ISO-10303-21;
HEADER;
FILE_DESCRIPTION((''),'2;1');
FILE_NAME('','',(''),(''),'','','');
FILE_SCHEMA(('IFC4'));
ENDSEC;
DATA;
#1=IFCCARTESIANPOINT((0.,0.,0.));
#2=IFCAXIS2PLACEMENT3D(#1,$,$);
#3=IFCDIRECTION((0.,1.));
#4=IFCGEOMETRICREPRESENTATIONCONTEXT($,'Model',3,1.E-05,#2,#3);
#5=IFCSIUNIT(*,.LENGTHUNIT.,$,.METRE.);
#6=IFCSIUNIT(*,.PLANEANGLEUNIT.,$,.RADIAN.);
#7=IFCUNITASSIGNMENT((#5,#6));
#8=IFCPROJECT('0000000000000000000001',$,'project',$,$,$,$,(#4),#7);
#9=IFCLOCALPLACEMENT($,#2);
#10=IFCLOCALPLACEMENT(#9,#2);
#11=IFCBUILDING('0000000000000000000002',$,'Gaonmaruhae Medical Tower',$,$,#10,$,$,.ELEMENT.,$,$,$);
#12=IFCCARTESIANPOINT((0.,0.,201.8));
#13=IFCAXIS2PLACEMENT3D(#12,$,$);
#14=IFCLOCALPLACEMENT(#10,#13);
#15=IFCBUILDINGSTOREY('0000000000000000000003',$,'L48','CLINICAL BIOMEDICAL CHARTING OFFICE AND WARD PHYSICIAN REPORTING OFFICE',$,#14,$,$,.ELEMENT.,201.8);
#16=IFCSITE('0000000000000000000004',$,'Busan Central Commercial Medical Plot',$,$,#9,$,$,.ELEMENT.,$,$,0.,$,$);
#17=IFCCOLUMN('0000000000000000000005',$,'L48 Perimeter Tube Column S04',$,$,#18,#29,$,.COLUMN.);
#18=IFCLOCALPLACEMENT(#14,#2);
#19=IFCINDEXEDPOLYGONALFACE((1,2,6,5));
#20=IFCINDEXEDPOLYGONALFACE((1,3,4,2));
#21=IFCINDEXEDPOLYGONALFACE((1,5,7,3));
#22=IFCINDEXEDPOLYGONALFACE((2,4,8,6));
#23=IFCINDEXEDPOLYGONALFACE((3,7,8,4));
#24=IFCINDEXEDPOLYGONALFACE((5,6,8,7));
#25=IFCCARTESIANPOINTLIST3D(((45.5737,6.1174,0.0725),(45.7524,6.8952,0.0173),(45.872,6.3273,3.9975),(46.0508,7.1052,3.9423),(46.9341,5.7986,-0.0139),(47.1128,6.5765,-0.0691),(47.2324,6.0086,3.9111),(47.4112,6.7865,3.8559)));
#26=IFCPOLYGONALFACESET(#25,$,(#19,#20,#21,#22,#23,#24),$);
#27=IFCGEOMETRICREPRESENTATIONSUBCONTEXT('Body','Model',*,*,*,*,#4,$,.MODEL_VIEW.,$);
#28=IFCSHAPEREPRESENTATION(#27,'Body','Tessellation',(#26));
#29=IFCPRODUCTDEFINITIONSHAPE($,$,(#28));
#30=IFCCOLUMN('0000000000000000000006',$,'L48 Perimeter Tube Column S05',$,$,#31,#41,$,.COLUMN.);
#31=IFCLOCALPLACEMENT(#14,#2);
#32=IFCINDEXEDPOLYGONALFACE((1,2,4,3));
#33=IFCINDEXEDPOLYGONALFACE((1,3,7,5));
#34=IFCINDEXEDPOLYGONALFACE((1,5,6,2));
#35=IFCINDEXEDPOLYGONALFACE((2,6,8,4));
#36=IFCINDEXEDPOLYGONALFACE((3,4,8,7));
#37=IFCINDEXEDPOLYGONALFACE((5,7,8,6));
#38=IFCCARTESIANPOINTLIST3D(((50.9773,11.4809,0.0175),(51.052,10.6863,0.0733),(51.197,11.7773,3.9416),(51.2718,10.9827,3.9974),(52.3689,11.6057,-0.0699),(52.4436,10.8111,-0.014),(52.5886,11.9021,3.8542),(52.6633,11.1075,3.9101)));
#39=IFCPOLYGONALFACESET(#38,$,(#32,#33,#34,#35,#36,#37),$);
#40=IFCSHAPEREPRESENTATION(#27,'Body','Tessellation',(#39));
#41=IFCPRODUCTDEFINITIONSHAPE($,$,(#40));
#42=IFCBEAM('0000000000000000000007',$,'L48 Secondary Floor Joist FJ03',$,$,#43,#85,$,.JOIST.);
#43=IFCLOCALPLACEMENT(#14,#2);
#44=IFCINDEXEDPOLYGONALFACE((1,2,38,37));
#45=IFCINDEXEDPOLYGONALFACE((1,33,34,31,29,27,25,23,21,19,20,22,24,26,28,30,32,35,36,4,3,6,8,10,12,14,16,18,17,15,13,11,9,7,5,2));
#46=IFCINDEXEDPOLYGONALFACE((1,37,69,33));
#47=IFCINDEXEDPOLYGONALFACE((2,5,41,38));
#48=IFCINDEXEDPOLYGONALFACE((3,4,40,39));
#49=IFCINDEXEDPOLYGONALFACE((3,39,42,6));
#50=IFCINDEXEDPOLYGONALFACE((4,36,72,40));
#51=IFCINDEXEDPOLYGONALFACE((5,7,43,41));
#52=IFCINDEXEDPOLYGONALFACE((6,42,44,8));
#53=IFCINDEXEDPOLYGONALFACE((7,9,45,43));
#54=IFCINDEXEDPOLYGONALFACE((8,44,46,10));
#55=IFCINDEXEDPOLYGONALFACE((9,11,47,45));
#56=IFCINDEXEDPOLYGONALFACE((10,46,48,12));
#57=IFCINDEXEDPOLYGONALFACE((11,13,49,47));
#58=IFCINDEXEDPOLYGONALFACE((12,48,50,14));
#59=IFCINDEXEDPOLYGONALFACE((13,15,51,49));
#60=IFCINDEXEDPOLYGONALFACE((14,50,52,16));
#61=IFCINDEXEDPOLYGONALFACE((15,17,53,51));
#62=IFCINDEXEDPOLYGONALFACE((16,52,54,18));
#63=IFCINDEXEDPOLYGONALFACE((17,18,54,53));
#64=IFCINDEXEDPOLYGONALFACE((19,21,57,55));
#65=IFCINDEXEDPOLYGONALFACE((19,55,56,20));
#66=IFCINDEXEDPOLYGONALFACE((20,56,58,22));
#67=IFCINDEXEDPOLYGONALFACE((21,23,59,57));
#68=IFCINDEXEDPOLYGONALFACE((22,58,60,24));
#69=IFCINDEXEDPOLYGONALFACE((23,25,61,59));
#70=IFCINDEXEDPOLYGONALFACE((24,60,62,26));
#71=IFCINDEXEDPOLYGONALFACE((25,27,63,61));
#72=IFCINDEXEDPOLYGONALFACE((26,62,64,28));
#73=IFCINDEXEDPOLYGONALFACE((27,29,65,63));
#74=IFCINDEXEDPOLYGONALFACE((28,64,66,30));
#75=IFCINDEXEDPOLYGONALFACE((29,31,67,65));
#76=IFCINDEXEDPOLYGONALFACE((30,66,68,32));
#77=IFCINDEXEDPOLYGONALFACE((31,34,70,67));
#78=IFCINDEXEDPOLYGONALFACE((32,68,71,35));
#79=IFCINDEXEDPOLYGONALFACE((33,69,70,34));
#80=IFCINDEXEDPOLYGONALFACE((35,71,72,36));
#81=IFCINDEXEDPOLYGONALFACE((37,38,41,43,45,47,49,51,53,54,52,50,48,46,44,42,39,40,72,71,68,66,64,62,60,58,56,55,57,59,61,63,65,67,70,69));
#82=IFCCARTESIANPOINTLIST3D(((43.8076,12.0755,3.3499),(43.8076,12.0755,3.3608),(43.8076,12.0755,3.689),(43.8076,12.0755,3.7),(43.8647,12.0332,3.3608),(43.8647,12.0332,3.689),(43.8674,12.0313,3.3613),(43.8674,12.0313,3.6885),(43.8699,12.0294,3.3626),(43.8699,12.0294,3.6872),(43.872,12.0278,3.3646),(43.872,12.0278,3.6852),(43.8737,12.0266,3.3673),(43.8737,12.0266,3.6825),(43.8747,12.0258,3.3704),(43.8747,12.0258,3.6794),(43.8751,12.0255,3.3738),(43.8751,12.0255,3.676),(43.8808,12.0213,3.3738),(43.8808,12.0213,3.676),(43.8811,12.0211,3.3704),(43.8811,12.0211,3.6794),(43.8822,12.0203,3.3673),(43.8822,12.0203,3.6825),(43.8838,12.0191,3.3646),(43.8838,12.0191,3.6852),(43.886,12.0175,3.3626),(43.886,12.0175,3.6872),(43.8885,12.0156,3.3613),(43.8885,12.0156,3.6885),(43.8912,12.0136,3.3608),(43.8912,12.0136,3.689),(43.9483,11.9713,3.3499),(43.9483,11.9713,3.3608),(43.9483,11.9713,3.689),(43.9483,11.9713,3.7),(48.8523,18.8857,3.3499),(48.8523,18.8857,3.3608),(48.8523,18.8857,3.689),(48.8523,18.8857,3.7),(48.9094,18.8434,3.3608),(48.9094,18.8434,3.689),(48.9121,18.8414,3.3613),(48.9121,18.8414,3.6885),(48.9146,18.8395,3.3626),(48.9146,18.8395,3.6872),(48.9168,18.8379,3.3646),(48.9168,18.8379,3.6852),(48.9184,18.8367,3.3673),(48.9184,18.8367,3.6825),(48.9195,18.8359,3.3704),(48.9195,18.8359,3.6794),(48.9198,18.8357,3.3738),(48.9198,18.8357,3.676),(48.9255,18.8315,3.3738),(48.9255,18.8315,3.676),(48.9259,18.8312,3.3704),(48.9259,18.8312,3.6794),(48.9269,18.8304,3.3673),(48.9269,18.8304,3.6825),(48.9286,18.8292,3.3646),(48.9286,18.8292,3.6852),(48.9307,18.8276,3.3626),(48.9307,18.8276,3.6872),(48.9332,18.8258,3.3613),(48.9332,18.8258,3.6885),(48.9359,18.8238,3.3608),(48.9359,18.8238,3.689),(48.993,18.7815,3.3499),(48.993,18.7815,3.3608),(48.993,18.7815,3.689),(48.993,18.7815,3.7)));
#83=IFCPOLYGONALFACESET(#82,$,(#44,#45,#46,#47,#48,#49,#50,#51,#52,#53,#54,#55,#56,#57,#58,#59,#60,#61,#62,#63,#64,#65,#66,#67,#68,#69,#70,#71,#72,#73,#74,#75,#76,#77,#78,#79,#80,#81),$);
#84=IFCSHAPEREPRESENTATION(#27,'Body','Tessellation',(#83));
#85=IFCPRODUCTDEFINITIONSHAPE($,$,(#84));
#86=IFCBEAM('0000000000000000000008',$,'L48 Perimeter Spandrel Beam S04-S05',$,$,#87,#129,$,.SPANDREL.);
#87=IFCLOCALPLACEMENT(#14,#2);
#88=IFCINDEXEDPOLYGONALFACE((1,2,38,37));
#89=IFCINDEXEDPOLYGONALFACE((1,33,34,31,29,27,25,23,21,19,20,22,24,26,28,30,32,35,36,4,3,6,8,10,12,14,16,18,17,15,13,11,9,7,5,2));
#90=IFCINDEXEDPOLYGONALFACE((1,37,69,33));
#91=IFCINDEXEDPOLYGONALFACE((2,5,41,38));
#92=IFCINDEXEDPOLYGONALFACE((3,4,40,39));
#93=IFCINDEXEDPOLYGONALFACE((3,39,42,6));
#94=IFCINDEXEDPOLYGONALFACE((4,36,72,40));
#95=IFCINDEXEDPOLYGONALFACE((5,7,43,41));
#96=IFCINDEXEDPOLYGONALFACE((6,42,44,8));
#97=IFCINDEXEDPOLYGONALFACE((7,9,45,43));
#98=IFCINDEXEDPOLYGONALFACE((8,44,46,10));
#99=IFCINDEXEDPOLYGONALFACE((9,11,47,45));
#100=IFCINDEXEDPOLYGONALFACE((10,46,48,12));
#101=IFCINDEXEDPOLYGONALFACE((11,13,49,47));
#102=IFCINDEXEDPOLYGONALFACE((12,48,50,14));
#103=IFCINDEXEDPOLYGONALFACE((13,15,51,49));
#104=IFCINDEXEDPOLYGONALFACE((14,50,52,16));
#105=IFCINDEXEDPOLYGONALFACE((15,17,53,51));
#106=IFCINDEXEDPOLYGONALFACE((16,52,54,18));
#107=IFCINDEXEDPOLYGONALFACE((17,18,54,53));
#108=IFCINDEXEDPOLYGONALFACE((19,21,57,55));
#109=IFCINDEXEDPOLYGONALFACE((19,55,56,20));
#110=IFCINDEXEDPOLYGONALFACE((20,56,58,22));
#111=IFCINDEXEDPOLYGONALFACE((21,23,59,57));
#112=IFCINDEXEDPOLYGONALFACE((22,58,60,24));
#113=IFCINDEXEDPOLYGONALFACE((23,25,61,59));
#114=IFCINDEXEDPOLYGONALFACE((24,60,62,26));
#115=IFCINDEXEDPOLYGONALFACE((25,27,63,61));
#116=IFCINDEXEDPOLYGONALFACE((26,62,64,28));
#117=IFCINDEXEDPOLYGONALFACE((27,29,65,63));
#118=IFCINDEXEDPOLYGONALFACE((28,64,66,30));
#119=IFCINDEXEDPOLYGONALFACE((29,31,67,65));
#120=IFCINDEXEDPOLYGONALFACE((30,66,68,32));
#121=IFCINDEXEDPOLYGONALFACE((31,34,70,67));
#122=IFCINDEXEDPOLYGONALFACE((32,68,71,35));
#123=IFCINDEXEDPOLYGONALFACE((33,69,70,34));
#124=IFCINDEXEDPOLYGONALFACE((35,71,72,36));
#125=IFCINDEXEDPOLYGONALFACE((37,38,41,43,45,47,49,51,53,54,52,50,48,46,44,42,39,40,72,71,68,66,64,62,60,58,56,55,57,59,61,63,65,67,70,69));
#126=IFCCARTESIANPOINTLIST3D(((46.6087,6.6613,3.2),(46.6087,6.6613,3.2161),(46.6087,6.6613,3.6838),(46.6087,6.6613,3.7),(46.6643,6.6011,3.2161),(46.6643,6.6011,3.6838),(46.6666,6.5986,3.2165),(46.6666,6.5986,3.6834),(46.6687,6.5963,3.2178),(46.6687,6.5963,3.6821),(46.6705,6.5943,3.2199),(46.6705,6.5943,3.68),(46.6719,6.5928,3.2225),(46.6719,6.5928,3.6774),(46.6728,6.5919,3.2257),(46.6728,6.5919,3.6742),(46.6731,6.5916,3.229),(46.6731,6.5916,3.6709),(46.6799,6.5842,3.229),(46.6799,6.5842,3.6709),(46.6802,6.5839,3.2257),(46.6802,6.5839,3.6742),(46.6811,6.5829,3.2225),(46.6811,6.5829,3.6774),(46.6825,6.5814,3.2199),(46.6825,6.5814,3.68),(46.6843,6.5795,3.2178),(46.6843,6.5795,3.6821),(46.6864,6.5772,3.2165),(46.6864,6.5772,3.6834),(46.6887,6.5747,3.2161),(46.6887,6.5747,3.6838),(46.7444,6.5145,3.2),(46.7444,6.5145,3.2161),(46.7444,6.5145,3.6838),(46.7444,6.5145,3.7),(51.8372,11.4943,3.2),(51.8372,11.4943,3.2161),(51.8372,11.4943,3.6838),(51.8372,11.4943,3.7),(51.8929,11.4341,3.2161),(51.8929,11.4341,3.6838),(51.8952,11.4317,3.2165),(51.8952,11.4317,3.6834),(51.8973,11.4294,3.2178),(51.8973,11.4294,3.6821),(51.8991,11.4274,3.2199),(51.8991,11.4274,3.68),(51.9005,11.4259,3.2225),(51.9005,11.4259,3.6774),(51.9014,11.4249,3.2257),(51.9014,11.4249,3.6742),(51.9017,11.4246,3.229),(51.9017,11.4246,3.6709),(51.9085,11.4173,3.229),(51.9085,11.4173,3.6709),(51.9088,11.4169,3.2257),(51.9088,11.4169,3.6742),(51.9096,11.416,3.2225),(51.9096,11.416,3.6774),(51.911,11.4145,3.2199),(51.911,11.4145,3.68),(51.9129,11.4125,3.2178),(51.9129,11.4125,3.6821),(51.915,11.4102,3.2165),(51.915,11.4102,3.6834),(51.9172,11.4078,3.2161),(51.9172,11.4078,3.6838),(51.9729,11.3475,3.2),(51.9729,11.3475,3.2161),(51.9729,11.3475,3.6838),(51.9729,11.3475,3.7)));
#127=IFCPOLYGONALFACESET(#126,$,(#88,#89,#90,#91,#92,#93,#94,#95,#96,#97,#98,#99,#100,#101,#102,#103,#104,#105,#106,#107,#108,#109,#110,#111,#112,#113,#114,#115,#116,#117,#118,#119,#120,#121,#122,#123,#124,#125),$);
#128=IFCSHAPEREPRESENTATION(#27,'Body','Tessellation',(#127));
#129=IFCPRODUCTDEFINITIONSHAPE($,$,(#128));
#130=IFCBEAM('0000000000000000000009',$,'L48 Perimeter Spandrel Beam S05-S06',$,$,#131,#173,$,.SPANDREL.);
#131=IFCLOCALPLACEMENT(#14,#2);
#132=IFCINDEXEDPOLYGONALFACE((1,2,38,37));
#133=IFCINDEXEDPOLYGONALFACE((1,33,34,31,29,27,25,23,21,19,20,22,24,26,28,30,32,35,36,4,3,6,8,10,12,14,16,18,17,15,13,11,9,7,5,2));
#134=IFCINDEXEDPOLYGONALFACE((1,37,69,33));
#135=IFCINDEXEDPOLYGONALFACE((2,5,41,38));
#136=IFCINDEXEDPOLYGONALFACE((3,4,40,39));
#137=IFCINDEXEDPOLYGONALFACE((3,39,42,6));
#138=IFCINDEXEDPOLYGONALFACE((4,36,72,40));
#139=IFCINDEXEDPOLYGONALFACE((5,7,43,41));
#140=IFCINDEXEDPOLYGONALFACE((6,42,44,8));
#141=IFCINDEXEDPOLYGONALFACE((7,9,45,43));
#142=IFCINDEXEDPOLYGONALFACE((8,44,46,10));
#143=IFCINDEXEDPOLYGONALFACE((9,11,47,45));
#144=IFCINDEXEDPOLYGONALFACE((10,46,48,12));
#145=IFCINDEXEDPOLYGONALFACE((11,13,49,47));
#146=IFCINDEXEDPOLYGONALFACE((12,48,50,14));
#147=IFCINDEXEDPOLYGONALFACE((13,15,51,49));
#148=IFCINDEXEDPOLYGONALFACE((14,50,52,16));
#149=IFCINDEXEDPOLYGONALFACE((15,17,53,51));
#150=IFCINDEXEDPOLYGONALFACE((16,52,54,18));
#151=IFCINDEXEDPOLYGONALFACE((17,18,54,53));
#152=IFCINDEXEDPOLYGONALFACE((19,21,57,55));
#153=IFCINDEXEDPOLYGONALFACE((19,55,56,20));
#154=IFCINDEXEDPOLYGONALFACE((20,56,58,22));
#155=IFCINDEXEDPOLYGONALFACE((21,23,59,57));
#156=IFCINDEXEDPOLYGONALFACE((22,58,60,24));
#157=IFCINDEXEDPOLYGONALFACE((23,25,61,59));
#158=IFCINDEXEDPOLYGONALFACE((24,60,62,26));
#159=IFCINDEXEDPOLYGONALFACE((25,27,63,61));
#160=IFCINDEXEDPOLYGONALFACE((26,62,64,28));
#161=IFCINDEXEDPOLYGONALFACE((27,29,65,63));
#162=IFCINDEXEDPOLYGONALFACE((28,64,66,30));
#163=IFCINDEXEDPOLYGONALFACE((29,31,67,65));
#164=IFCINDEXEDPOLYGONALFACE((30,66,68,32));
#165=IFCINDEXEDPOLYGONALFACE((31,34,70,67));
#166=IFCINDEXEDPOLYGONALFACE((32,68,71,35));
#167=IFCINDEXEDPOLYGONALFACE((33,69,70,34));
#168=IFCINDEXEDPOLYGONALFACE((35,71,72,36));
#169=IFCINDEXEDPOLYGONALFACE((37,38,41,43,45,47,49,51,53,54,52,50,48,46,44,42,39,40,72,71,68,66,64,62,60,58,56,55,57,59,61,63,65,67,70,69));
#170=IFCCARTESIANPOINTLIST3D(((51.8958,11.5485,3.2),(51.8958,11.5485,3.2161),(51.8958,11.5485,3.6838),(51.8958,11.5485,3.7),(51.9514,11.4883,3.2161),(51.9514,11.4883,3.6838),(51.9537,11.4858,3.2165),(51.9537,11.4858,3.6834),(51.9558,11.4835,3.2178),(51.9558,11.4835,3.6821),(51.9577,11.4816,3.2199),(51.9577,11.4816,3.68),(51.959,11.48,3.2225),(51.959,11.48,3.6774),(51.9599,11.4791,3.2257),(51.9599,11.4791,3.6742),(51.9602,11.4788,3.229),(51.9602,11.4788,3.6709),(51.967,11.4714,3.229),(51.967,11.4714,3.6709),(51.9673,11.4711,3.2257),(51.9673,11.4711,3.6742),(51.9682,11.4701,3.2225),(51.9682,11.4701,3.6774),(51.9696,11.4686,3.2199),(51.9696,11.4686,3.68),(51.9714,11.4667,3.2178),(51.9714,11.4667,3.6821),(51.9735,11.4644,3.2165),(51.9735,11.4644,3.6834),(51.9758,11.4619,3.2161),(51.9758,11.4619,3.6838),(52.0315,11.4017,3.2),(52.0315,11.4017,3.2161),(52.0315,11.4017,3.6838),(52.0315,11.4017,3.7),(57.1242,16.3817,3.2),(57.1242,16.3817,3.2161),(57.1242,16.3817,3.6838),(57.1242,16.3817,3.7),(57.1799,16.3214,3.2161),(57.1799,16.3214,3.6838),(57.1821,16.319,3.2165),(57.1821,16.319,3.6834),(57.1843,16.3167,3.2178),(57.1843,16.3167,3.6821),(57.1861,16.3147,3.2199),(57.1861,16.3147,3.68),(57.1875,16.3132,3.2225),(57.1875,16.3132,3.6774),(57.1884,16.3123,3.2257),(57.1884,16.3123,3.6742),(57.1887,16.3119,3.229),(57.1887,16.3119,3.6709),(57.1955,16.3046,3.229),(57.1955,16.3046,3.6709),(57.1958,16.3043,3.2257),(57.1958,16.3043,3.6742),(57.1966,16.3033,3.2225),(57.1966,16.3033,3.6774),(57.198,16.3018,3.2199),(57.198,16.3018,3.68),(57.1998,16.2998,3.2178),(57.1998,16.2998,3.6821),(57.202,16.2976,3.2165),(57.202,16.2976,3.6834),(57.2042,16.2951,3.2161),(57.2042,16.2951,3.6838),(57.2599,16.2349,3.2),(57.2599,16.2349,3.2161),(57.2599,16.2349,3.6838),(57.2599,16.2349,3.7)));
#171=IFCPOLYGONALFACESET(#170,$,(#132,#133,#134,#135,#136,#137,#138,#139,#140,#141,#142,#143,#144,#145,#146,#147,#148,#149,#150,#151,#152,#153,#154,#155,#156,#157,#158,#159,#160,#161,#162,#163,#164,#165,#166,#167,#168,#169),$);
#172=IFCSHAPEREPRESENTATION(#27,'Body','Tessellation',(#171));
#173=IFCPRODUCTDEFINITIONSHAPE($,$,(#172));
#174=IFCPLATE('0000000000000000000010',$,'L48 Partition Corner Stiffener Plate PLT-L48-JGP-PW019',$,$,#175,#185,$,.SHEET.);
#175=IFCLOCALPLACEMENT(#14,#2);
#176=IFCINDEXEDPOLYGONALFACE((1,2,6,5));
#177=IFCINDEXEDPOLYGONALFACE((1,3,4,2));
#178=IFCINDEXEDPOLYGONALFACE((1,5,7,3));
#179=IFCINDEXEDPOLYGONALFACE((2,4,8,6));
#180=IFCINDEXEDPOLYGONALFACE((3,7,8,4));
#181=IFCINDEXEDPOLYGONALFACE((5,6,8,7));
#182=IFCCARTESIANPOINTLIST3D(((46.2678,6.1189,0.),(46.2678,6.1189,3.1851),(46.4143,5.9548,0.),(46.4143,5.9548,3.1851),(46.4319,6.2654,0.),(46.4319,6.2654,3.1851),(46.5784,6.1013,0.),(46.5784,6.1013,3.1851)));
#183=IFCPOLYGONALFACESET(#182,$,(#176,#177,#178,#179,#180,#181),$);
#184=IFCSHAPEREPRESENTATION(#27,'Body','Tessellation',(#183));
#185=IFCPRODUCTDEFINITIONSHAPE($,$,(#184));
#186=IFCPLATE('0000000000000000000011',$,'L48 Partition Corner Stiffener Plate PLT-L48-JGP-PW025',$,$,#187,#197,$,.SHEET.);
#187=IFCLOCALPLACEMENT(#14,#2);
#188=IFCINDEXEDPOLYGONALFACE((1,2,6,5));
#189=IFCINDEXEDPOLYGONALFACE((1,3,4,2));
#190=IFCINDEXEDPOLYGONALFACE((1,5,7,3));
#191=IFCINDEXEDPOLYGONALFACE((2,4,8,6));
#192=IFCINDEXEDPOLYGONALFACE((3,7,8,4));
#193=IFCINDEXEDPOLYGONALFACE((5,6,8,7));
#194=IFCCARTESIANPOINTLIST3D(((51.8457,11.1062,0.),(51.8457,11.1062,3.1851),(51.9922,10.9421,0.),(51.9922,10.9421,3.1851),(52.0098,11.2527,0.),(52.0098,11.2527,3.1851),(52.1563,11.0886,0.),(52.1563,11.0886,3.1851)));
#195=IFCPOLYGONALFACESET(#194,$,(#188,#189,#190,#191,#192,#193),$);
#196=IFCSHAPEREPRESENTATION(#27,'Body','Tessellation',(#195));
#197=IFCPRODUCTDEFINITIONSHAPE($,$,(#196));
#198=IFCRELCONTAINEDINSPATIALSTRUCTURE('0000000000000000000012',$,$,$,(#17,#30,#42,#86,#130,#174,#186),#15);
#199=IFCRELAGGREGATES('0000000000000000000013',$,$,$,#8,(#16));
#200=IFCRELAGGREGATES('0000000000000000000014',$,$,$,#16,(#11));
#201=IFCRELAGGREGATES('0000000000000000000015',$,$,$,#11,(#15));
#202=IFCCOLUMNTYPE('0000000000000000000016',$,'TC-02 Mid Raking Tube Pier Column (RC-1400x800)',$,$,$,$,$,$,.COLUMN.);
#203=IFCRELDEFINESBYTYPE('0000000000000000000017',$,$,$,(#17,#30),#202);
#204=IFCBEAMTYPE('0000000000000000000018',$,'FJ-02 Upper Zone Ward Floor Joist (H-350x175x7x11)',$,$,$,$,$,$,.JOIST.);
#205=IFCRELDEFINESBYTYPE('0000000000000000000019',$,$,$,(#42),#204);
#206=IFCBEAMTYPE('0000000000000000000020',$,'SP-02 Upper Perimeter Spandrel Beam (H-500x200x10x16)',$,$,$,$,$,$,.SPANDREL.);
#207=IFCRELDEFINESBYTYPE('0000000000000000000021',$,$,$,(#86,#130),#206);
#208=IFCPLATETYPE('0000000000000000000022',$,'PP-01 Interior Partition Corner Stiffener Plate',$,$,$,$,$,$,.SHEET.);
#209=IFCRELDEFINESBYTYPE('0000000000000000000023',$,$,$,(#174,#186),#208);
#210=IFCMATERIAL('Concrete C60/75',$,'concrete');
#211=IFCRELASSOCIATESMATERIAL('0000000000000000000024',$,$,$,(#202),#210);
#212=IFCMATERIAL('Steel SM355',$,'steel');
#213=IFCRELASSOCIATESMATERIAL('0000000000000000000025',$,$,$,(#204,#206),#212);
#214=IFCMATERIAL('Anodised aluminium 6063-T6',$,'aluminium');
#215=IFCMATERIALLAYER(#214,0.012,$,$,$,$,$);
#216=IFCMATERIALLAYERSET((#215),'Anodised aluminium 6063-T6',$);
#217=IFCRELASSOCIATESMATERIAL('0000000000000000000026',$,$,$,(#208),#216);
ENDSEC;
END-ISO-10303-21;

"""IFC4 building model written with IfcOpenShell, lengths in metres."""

from ifc_helpers import new_model, si_unit, direction, frame, origin, origin_2d, place, context, subcontext, project, spatial, rectangle, i_section, extrude, material, layer, layer_set, material_profile, profile_set, type_object, element, save


model = new_model("IFC4")

# Units and contexts
model_context = context("Model", 3, precision=1e-05, world=origin(), true_north=direction((0.0, 1.0)))
body_context = subcontext(model_context, "Body", "Model", "MODEL_VIEW")
ifc_project = project(units=[si_unit("LENGTHUNIT", "METRE"), si_unit("PLANEANGLEUNIT", "RADIAN")], contexts=[model_context])

# Site, building, storey
site_placement = place(None, origin())
site = spatial("IfcSite", under=ifc_project, at=site_placement, Name="Busan Central Commercial Medical Plot", CompositionType="ELEMENT", RefElevation=0.0)
building_placement = place(site_placement, origin())
building = spatial("IfcBuilding", under=site, at=building_placement, Name="Gaonmaruhae Medical Tower", CompositionType="ELEMENT")
storey_placement = place(building_placement, frame((0.0, 0.0, 201.8)))
storey = spatial("IfcBuildingStorey", under=building, at=storey_placement, Name="L48", Description="CLINICAL BIOMEDICAL CHARTING OFFICE AND WARD PHYSICIAN REPORTING OFFICE", CompositionType="ELEMENT", Elevation=201.8)

# Columns
ifc_material_1 = material(Name="Concrete C60/75", Category="concrete")
ifc_material_profile_1 = material_profile(ifc_material_1, rectangle(XDim=1.3999, YDim=0.8, at=origin_2d()), Name="RC-1400x800")
ifc_profile_set_1 = profile_set([ifc_material_profile_1], Name="Concrete C60/75")
column_type = type_object("IfcColumnType", Name="TC-02 Mid Raking Tube Pier Column (RC-1400x800)", PredefinedType="COLUMN", material=ifc_profile_set_1)
column_1_placement = place(storey_placement, frame((46.3433, 6.3469, 0.0017), z_axis=(0.075683, 0.053263, 0.995708), x_axis=(-0.971781, 0.227677, 0.061685)))
element("IfcColumn", 1, at=column_1_placement, inside=storey, type_object=column_type, Name="L48 Perimeter Tube Column S04", PredefinedType="COLUMN", context=body_context, shape_type="SweptSolid", body=[
    extrude(rectangle(XDim=1.3999, YDim=0.8, at=origin_2d()), origin(), (0.0, 0.0, 1.0), 3.9419),
])
column_2_placement = place(storey_placement, frame((51.7104, 11.146, 0.0017), z_axis=(0.055749, 0.075199, 0.995609), x_axis=(-0.994064, -0.089126, 0.062394)))
element("IfcColumn", 2, at=column_2_placement, inside=storey, type_object=column_type, Name="L48 Perimeter Tube Column S05", PredefinedType="COLUMN", context=body_context, shape_type="SweptSolid", body=[
    extrude(rectangle(XDim=1.3999, YDim=0.8, at=origin_2d()), origin(), (0.0, 0.0, 1.0), 3.9414),
])

# Beams
ifc_material_2 = material(Name="Steel SM355", Category="steel")
ifc_material_profile_2 = material_profile(ifc_material_2, i_section(OverallWidth=0.175, OverallDepth=0.3501, WebThickness=0.0071, FlangeThickness=0.011, FilletRadius=0.0129, at=origin_2d()), Name="H-350x175x7x11")
ifc_profile_set_2 = profile_set([ifc_material_profile_2], Name="Steel SM355")
beam_type_1 = type_object("IfcBeamType", Name="FJ-02 Upper Zone Ward Floor Joist (H-350x175x7x11)", PredefinedType="JOIST", material=ifc_profile_set_2)
beam_placement = place(storey_placement, frame((43.8779, 12.0234, 3.5249), z_axis=(0.595242, 0.803546, 0.0), x_axis=(-0.803546, 0.595242, 0.0)))
element("IfcBeam", 3, at=beam_placement, inside=storey, type_object=beam_type_1, Name="L48 Secondary Floor Joist FJ03", PredefinedType="JOIST", context=body_context, shape_type="SweptSolid", body=[
    extrude(i_section(OverallWidth=0.175, OverallDepth=0.3501, WebThickness=0.0071, FlangeThickness=0.011, FilletRadius=0.0129, at=origin_2d()), origin(), (0.0, 0.0, 1.0), 8.4751),
])
ifc_material_profile_3 = material_profile(ifc_material_2, i_section(OverallWidth=0.2, OverallDepth=0.5, WebThickness=0.01, FlangeThickness=0.0161, FilletRadius=0.0129, at=origin_2d()), Name="H-500x200x10x16")
ifc_profile_set_3 = profile_set([ifc_material_profile_3], Name="Steel SM355")
beam_type_2 = type_object("IfcBeamType", Name="SP-02 Upper Perimeter Spandrel Beam (H-500x200x10x16)", PredefinedType="SPANDREL", material=ifc_profile_set_3)
for number, where, z_axis, x_axis, name in (
    (4, (46.6765, 6.5879, 3.45), (0.734335, 0.678787, 0.0), (-0.678787, 0.734335, 0.0), "L48 Perimeter Spandrel Beam S04-S05"),
    (5, (51.9636, 11.4751, 3.45), (0.734318, 0.678805, 0.0), (-0.678805, 0.734318, 0.0), "L48 Perimeter Spandrel Beam S05-S06"),
):
    element("IfcBeam", number, at=place(storey_placement, frame(where, z_axis=z_axis, x_axis=x_axis)), inside=storey, type_object=beam_type_2, Name=name, PredefinedType="SPANDREL", context=body_context, shape_type="SweptSolid", body=[
        extrude(i_section(OverallWidth=0.2, OverallDepth=0.5, WebThickness=0.01, FlangeThickness=0.0161, FilletRadius=0.0129, at=origin_2d()), origin(), (0.0, 0.0, 1.0), 7.1201),
    ])

# Plates
ifc_material_3 = material(Name="Anodised aluminium 6063-T6", Category="aluminium")
ifc_layer_1 = layer(ifc_material_3, 0.012)
ifc_layer_set_1 = layer_set([ifc_layer_1], Name="Anodised aluminium 6063-T6")
plate_type = type_object("IfcPlateType", Name="PP-01 Interior Partition Corner Stiffener Plate", PredefinedType="SHEET", material=ifc_layer_set_1)
for number, where, z_axis, x_axis, name in (
    (6, (46.4231, 6.1101, 0.0), (0.0, 0.0, 1.0), (-0.74586, -0.666103, 0.0), "L48 Partition Corner Stiffener Plate PLT-L48-JGP-PW019"),
    (7, (52.001, 11.0974, 0.0), (0.0, 0.0, 1.0), (-0.745906, -0.666051, 0.0), "L48 Partition Corner Stiffener Plate PLT-L48-JGP-PW025"),
):
    element("IfcPlate", number, at=place(storey_placement, frame(where, z_axis=z_axis, x_axis=x_axis)), inside=storey, type_object=plate_type, Name=name, PredefinedType="SHEET", context=body_context, shape_type="SweptSolid", body=[
        extrude(rectangle(XDim=0.22, YDim=0.22, at=origin_2d()), origin(), (0.0, 0.0, 1.0), 3.1851),
    ])

save(model, "model.ifc")
